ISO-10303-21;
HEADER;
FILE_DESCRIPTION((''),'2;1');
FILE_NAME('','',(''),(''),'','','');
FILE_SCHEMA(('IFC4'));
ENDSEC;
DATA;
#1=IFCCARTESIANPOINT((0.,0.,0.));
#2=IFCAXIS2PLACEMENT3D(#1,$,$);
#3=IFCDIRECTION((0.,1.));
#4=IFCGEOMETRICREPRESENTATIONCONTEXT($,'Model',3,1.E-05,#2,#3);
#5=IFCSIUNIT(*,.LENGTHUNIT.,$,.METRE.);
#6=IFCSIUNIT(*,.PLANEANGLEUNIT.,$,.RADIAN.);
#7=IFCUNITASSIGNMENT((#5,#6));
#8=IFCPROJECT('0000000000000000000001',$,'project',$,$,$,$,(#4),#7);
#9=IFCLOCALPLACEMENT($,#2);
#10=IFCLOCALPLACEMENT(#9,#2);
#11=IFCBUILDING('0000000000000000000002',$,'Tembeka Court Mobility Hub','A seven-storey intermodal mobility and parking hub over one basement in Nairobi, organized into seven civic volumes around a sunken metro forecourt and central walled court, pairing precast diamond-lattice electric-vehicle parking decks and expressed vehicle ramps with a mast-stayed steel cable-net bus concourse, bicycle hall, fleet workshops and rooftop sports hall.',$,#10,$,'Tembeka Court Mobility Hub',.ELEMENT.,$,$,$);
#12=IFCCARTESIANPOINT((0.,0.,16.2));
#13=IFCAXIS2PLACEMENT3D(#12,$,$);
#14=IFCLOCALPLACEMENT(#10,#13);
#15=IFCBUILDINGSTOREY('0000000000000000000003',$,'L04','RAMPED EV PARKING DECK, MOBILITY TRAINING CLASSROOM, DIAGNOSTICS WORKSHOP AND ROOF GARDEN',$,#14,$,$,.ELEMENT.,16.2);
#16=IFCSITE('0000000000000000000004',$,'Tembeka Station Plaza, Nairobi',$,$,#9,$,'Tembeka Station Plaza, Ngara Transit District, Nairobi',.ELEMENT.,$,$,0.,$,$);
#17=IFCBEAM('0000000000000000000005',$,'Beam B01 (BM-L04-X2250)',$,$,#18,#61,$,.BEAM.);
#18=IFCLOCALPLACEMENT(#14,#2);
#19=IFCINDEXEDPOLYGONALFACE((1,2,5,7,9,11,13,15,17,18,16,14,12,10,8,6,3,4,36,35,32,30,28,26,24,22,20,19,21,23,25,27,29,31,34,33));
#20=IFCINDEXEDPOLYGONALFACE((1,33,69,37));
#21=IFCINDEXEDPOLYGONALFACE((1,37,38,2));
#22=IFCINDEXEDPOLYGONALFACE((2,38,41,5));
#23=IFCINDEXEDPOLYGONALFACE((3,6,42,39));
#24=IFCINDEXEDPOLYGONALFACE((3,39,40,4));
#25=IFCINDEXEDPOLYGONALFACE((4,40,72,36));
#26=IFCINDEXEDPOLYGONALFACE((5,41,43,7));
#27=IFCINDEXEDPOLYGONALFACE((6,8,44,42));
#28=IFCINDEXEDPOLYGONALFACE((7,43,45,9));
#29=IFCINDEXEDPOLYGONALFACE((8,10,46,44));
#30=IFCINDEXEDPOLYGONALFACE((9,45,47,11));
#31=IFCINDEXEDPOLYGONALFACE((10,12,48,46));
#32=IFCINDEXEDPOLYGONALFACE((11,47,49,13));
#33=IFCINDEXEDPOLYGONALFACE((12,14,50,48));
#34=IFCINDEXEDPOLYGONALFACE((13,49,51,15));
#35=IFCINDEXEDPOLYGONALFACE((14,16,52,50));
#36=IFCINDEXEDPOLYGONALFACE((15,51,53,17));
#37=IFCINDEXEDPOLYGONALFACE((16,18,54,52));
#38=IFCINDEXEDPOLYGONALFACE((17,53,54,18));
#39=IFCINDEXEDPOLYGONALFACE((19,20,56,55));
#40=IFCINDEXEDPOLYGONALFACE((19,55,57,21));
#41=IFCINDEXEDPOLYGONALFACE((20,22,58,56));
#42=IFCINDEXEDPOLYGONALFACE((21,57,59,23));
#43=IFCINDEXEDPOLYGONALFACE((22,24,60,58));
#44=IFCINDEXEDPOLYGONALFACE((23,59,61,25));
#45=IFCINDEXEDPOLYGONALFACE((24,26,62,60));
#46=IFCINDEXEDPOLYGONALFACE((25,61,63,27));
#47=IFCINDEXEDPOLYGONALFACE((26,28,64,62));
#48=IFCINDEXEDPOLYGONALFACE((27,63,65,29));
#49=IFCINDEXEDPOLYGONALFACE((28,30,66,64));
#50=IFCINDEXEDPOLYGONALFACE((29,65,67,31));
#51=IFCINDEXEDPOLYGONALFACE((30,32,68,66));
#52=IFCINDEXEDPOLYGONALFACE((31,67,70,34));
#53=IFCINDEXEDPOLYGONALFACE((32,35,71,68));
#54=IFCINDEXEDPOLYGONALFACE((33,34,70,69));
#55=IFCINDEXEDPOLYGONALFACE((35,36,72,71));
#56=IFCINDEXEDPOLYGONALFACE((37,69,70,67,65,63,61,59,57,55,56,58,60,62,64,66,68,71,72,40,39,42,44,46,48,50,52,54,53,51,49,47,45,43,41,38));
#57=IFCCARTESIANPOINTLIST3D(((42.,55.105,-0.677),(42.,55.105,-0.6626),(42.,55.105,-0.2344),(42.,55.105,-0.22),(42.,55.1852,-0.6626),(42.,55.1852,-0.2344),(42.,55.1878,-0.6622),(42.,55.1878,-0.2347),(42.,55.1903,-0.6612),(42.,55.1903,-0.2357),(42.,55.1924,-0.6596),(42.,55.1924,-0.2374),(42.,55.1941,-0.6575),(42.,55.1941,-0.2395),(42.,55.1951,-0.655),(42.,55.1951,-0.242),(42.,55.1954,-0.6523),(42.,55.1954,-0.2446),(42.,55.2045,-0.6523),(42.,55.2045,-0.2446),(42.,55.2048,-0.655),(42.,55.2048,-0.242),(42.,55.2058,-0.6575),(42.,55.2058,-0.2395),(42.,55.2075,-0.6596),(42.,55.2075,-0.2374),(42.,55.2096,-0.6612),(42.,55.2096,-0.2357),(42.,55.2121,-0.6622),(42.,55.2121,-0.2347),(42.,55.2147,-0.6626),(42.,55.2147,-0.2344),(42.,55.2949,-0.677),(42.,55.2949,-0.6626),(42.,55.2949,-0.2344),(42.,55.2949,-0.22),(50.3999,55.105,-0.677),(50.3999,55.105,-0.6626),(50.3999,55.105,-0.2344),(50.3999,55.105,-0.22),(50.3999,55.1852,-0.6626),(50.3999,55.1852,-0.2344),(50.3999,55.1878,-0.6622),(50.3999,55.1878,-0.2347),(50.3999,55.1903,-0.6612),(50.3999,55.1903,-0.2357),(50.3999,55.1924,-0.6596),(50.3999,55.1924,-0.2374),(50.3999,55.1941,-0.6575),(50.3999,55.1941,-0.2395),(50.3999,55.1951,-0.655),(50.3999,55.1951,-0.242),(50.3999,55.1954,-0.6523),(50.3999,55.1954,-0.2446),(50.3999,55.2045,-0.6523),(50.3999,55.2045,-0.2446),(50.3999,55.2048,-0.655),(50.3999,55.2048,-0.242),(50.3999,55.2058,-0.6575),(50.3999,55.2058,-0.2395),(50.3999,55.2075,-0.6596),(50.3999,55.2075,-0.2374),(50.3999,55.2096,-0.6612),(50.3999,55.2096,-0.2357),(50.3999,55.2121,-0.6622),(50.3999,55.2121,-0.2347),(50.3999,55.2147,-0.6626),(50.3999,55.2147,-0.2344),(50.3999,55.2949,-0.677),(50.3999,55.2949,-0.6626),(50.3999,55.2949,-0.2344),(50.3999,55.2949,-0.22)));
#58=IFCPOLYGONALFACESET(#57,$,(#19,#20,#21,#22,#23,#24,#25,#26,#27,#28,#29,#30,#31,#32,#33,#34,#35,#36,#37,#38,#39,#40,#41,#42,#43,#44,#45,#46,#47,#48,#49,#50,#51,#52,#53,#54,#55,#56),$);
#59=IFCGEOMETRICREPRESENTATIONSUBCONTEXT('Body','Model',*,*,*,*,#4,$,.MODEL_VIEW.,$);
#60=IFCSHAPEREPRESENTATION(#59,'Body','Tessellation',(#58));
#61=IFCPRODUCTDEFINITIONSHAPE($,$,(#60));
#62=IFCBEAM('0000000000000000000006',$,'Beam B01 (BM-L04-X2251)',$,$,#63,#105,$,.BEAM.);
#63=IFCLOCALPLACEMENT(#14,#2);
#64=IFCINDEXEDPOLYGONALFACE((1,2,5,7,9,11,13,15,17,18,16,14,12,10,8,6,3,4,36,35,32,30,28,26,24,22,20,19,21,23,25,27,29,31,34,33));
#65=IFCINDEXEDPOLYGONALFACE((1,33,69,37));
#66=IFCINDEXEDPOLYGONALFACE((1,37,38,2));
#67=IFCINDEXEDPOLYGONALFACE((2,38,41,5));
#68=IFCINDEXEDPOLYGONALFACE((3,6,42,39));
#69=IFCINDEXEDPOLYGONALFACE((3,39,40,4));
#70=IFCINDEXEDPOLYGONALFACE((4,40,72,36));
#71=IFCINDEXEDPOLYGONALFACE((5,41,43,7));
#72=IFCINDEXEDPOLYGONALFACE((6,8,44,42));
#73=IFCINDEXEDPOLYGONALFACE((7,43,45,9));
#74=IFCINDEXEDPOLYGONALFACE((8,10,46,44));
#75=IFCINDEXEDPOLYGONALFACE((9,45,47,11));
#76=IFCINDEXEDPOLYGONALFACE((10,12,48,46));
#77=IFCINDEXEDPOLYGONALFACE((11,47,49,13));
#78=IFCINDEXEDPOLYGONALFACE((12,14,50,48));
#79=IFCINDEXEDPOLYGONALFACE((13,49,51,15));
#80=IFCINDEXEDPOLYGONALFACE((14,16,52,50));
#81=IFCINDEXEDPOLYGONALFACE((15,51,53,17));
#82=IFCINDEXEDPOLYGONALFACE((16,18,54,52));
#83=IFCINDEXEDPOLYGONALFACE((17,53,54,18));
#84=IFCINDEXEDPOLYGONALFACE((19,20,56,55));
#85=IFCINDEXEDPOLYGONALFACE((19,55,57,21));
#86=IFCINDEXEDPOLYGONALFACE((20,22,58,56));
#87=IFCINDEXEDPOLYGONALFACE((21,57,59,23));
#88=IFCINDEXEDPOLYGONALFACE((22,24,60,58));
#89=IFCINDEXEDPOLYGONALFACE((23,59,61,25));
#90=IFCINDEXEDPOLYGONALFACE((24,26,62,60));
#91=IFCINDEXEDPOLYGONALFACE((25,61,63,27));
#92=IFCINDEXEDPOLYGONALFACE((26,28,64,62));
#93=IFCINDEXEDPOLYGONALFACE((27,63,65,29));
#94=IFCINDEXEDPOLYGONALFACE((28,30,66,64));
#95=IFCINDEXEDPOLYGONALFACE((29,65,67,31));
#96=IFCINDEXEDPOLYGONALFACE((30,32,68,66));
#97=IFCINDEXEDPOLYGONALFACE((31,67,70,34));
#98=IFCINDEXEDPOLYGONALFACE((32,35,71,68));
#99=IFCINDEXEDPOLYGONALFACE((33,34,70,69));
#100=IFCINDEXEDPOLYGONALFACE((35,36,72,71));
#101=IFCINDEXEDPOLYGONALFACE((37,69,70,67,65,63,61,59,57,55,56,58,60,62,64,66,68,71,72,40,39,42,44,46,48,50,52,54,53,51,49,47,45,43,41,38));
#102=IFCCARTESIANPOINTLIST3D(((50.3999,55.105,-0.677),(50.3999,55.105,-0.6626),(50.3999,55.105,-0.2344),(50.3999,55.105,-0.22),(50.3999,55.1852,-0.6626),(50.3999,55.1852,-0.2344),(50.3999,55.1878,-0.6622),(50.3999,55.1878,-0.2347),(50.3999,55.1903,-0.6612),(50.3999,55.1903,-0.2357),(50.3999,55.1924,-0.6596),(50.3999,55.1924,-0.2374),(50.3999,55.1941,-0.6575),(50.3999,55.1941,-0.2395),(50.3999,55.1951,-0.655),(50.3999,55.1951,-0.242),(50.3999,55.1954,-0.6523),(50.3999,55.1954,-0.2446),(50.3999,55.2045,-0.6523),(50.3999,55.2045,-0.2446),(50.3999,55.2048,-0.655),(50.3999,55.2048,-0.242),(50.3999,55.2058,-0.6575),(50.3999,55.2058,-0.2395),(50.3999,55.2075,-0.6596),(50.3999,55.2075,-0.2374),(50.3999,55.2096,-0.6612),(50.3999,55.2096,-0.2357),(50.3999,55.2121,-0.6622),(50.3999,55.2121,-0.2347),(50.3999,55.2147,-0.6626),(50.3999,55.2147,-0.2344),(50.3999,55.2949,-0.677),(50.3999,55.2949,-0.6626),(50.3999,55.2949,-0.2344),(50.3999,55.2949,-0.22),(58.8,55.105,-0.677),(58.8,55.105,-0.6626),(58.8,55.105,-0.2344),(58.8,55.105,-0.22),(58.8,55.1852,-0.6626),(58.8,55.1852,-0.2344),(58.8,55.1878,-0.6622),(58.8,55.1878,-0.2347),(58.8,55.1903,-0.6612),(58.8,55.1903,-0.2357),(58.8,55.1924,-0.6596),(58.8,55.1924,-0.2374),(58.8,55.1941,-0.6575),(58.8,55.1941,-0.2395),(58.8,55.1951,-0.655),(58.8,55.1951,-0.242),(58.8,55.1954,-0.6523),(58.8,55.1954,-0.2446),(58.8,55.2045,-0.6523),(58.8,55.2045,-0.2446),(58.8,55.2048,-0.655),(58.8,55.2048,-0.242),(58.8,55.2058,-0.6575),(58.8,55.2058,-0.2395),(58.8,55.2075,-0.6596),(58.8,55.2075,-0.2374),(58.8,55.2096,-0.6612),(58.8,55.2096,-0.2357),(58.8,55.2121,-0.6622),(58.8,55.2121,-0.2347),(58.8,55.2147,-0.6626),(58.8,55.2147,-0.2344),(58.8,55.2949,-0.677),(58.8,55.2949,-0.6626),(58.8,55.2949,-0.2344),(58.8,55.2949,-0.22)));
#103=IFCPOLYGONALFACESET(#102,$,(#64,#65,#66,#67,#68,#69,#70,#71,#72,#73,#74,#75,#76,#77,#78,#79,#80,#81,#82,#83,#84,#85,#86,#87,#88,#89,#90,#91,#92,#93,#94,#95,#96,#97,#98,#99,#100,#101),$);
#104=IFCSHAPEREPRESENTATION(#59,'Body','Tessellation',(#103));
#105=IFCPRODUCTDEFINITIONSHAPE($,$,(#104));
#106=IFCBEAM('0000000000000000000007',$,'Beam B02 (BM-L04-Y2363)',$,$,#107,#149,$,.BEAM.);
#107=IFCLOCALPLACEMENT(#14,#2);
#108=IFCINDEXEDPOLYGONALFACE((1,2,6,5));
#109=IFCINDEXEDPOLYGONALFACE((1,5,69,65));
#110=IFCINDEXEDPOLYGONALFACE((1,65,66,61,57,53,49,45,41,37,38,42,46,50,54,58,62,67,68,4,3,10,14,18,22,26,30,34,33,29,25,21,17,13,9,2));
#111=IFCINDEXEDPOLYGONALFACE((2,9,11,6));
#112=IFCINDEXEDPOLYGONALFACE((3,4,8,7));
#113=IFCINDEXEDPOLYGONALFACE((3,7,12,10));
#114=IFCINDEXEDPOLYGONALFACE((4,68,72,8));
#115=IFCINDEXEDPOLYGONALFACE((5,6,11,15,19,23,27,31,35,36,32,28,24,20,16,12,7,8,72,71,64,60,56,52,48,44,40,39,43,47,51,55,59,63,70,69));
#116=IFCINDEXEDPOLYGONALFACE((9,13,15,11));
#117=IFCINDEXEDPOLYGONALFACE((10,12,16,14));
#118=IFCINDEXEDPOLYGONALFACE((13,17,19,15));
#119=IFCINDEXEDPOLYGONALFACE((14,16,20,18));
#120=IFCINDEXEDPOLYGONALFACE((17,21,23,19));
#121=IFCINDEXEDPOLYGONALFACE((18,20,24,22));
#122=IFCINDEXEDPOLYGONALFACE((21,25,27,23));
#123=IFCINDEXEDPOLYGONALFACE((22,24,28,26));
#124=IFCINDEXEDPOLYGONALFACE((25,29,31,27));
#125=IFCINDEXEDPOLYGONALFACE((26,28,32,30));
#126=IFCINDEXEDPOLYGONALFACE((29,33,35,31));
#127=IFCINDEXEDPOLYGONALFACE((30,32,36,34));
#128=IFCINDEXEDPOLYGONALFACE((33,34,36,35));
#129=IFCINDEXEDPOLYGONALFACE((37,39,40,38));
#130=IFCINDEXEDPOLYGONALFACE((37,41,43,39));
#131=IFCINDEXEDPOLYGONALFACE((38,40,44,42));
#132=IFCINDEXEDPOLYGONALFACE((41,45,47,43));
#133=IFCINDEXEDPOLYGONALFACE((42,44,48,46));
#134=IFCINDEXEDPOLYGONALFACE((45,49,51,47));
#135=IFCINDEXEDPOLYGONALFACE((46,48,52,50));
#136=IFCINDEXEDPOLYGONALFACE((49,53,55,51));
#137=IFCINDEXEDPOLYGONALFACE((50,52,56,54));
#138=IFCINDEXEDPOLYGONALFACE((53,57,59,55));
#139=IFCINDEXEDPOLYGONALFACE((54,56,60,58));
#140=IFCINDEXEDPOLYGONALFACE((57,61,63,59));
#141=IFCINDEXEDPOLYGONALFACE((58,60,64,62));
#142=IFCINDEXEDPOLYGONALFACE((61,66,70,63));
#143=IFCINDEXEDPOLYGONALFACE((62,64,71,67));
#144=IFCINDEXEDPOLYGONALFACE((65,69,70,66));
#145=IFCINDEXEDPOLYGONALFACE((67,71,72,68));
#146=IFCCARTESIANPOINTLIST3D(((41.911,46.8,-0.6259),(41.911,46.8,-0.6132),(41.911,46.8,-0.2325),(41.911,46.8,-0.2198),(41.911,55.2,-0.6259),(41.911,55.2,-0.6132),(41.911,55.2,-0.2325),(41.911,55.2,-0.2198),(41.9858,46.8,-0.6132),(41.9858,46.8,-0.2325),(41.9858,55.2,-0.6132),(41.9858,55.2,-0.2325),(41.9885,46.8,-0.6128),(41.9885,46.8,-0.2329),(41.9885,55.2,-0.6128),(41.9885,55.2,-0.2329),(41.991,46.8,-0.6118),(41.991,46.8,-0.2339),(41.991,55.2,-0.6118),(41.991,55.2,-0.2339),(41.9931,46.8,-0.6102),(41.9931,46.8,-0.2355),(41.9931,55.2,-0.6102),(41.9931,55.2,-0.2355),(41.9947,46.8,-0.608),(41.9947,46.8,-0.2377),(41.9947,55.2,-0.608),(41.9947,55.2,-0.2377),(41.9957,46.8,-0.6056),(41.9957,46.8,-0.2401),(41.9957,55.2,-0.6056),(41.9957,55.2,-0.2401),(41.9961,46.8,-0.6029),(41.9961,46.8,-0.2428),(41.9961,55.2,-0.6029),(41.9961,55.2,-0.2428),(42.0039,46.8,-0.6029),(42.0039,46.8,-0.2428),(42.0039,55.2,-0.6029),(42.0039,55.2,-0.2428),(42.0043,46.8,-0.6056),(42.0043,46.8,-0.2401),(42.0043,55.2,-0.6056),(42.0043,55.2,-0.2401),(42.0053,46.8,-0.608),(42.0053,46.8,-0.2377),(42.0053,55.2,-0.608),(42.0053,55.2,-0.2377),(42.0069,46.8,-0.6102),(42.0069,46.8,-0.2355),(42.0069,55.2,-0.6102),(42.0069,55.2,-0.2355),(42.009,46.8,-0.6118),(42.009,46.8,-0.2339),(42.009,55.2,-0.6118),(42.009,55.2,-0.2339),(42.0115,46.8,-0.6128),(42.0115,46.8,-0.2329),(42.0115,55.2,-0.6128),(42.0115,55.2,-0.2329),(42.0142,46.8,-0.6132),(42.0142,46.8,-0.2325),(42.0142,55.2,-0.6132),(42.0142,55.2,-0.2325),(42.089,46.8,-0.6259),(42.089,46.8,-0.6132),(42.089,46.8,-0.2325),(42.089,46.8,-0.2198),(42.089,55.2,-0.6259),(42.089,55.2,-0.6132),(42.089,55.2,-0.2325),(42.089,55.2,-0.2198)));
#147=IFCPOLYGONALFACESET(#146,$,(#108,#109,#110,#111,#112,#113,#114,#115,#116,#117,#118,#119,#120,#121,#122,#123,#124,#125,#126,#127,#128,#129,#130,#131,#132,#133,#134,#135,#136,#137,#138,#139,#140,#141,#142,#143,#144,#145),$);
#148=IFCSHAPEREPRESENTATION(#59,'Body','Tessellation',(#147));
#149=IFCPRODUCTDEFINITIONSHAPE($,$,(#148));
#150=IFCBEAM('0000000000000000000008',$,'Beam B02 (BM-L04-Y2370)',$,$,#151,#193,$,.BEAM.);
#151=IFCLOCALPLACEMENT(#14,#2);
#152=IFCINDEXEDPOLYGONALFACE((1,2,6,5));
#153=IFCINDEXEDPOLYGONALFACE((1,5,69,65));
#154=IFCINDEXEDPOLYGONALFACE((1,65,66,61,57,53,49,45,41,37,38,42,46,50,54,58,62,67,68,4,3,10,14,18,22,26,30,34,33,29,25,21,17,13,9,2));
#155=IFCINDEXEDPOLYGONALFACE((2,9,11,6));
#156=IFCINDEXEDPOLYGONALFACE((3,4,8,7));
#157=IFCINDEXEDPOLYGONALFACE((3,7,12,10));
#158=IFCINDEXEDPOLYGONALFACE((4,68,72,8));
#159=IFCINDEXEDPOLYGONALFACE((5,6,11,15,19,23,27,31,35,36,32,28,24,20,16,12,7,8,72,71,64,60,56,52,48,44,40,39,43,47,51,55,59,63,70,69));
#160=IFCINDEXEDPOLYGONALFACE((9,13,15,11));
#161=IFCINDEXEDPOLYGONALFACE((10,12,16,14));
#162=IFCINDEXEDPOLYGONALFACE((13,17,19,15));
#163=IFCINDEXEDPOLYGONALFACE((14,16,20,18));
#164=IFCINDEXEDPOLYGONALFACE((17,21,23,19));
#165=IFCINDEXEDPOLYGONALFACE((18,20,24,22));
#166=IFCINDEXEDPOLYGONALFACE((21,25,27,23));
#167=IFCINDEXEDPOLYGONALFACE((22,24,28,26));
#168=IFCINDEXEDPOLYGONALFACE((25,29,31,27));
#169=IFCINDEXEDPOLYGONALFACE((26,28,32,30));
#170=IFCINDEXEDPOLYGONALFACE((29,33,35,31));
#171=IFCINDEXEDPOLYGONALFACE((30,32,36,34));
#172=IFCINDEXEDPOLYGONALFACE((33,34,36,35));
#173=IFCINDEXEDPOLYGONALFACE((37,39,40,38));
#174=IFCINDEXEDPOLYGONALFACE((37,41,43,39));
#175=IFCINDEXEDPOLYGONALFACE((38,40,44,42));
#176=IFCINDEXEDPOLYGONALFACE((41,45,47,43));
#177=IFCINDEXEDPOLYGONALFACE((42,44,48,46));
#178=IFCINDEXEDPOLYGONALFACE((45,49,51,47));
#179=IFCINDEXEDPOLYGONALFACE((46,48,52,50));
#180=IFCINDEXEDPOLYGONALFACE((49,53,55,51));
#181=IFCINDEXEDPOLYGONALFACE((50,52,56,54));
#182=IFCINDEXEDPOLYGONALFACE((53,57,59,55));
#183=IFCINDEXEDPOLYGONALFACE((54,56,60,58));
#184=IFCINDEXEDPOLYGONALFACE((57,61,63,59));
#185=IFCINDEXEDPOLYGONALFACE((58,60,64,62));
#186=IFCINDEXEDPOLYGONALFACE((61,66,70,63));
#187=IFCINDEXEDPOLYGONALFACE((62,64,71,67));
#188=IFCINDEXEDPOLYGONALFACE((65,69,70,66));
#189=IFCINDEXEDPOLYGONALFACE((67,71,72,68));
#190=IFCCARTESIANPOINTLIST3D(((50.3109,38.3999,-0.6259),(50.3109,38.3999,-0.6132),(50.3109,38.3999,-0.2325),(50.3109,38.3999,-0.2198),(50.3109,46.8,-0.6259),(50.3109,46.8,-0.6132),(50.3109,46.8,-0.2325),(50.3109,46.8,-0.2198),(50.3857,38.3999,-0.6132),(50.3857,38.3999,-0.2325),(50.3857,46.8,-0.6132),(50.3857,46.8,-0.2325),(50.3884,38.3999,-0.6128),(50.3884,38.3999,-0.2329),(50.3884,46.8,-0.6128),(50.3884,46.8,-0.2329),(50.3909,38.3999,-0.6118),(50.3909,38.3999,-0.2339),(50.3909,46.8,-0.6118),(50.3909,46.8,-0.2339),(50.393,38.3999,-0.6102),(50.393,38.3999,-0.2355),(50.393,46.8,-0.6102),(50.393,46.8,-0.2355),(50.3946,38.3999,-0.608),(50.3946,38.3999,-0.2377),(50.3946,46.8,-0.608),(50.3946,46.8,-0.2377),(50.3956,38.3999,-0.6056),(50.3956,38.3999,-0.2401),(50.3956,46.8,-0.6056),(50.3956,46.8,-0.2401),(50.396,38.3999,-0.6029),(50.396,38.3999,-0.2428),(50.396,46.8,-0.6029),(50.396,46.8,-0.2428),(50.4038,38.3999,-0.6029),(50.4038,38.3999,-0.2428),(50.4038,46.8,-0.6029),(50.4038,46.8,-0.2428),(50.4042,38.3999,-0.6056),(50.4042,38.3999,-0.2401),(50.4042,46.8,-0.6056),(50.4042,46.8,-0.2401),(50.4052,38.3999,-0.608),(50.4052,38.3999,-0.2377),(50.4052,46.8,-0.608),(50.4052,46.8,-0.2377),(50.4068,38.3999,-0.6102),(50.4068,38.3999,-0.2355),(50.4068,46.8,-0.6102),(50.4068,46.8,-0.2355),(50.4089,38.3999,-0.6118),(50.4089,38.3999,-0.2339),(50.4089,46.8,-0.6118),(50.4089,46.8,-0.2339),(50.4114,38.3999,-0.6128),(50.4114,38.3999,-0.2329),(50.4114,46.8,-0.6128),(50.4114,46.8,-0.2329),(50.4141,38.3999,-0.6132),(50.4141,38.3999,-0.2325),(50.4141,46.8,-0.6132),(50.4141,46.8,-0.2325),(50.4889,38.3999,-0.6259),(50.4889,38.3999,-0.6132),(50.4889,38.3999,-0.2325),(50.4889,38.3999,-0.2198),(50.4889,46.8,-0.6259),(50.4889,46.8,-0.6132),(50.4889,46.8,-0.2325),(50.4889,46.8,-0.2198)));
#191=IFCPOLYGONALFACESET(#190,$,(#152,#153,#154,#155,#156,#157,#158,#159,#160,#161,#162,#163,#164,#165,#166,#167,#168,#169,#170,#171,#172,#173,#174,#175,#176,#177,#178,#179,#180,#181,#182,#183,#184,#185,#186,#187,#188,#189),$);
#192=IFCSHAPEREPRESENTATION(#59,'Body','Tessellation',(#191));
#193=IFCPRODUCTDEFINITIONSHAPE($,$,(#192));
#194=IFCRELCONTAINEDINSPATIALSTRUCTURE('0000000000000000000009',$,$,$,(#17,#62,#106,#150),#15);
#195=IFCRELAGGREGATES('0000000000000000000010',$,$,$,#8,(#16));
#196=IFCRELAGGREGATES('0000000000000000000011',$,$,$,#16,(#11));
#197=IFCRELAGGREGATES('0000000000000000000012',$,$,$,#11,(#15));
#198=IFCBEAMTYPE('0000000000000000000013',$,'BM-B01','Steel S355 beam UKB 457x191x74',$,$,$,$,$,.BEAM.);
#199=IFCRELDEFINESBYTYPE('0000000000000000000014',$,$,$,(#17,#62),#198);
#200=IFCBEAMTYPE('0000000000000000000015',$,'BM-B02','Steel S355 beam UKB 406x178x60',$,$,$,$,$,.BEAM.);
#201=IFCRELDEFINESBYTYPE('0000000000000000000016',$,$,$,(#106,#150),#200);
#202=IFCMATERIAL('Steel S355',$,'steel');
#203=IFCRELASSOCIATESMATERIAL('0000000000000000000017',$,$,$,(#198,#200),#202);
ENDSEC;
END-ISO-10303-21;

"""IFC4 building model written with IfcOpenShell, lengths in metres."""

from ifc_helpers import new_model, si_unit, direction, frame, origin, origin_2d, place, context, subcontext, project, spatial, i_section, extrude, material, material_profile, profile_set, type_object, element, save


model = new_model("IFC4")

# Units and contexts
model_context = context("Model", 3, precision=1e-05, world=origin(), true_north=direction((0.0, 1.0)))
body_context = subcontext(model_context, "Body", "Model", "MODEL_VIEW")
ifc_project = project(units=[si_unit("LENGTHUNIT", "METRE"), si_unit("PLANEANGLEUNIT", "RADIAN")], contexts=[model_context])

# Site, building, storey
site_placement = place(None, origin())
site = spatial("IfcSite", under=ifc_project, at=site_placement, Name="Tembeka Station Plaza, Nairobi", LongName="Tembeka Station Plaza, Ngara Transit District, Nairobi", CompositionType="ELEMENT", RefElevation=0.0)
building_placement = place(site_placement, origin())
building = spatial("IfcBuilding", under=site, at=building_placement, Name="Tembeka Court Mobility Hub", Description="A seven-storey intermodal mobility and parking hub over one basement in Nairobi, organized into seven civic volumes around a sunken metro forecourt and central walled court, pairing precast diamond-lattice electric-vehicle parking decks and expressed vehicle ramps with a mast-stayed steel cable-net bus concourse, bicycle hall, fleet workshops and rooftop sports hall.", LongName="Tembeka Court Mobility Hub", CompositionType="ELEMENT")
storey_placement = place(building_placement, frame((0.0, 0.0, 16.2)))
storey = spatial("IfcBuildingStorey", under=building, at=storey_placement, Name="L04", Description="RAMPED EV PARKING DECK, MOBILITY TRAINING CLASSROOM, DIAGNOSTICS WORKSHOP AND ROOF GARDEN", CompositionType="ELEMENT", Elevation=16.2)

# Shared definitions
ifc_material = material(Name="Steel S355", Category="steel")

# Beams
ifc_material_profile_1 = material_profile(ifc_material, i_section(OverallWidth=0.1899, OverallDepth=0.457, WebThickness=0.009, FlangeThickness=0.0144, FilletRadius=0.0103, at=origin_2d()), Name="UKB 457x191x74")
ifc_profile_set_1 = profile_set([ifc_material_profile_1], Name="Steel S355")
beam_type_1 = type_object("IfcBeamType", Name="BM-B01", Description="Steel S355 beam UKB 457x191x74", PredefinedType="BEAM", material=ifc_profile_set_1)
for number, where, z_axis, x_axis, name in (
    (1, (42.0, 55.2, -0.4485), (1.0, 0.0, 0.0), (0.0, 1.0, 0.0), "Beam B01 (BM-L04-X2250)"),
):
    element("IfcBeam", number, at=place(storey_placement, frame(where, z_axis=z_axis, x_axis=x_axis)), inside=storey, type_object=beam_type_1, Name=name, PredefinedType="BEAM", context=body_context, shape_type="SweptSolid", body=[
        extrude(i_section(OverallWidth=0.1899, OverallDepth=0.457, WebThickness=0.009, FlangeThickness=0.0144, FilletRadius=0.0103, at=origin_2d()), origin(), (0.0, 0.0, 1.0), 8.3999),
    ])
beam_1_placement = place(storey_placement, frame((50.3999, 55.2, -0.4485), z_axis=(1.0, 0.0, 0.0), x_axis=(0.0, 1.0, 0.0)))
element("IfcBeam", 2, at=beam_1_placement, inside=storey, type_object=beam_type_1, Name="Beam B01 (BM-L04-X2251)", PredefinedType="BEAM", context=body_context, shape_type="SweptSolid", body=[
    extrude(i_section(OverallWidth=0.1899, OverallDepth=0.457, WebThickness=0.009, FlangeThickness=0.0144, FilletRadius=0.0103, at=origin_2d()), origin(), (0.0, 0.0, 1.0), 8.4001),
])
ifc_material_profile_2 = material_profile(ifc_material, i_section(OverallWidth=0.178, OverallDepth=0.406, WebThickness=0.0078, FlangeThickness=0.0127, FilletRadius=0.0103, at=origin_2d()), Name="UKB 406x178x60")
ifc_profile_set_2 = profile_set([ifc_material_profile_2], Name="Steel S355")
beam_type_2 = type_object("IfcBeamType", Name="BM-B02", Description="Steel S355 beam UKB 406x178x60", PredefinedType="BEAM", material=ifc_profile_set_2)
beam_2_placement = place(storey_placement, frame((42.0, 46.8, -0.4229), z_axis=(0.0, 1.0, 0.0), x_axis=(-1.0, 0.0, 0.0)))
element("IfcBeam", 3, at=beam_2_placement, inside=storey, type_object=beam_type_2, Name="Beam B02 (BM-L04-Y2363)", PredefinedType="BEAM", context=body_context, shape_type="SweptSolid", body=[
    extrude(i_section(OverallWidth=0.178, OverallDepth=0.406, WebThickness=0.0078, FlangeThickness=0.0127, FilletRadius=0.0103, at=origin_2d()), origin(), (0.0, 0.0, 1.0), 8.3999),
])
beam_3_placement = place(storey_placement, frame((50.3999, 38.3999, -0.4229), z_axis=(0.0, 1.0, 0.0), x_axis=(-1.0, 0.0, 0.0)))
element("IfcBeam", 4, at=beam_3_placement, inside=storey, type_object=beam_type_2, Name="Beam B02 (BM-L04-Y2370)", PredefinedType="BEAM", context=body_context, shape_type="SweptSolid", body=[
    extrude(i_section(OverallWidth=0.178, OverallDepth=0.406, WebThickness=0.0078, FlangeThickness=0.0127, FilletRadius=0.0103, at=origin_2d()), origin(), (0.0, 0.0, 1.0), 8.4001),
])

save(model, "model.ifc")
